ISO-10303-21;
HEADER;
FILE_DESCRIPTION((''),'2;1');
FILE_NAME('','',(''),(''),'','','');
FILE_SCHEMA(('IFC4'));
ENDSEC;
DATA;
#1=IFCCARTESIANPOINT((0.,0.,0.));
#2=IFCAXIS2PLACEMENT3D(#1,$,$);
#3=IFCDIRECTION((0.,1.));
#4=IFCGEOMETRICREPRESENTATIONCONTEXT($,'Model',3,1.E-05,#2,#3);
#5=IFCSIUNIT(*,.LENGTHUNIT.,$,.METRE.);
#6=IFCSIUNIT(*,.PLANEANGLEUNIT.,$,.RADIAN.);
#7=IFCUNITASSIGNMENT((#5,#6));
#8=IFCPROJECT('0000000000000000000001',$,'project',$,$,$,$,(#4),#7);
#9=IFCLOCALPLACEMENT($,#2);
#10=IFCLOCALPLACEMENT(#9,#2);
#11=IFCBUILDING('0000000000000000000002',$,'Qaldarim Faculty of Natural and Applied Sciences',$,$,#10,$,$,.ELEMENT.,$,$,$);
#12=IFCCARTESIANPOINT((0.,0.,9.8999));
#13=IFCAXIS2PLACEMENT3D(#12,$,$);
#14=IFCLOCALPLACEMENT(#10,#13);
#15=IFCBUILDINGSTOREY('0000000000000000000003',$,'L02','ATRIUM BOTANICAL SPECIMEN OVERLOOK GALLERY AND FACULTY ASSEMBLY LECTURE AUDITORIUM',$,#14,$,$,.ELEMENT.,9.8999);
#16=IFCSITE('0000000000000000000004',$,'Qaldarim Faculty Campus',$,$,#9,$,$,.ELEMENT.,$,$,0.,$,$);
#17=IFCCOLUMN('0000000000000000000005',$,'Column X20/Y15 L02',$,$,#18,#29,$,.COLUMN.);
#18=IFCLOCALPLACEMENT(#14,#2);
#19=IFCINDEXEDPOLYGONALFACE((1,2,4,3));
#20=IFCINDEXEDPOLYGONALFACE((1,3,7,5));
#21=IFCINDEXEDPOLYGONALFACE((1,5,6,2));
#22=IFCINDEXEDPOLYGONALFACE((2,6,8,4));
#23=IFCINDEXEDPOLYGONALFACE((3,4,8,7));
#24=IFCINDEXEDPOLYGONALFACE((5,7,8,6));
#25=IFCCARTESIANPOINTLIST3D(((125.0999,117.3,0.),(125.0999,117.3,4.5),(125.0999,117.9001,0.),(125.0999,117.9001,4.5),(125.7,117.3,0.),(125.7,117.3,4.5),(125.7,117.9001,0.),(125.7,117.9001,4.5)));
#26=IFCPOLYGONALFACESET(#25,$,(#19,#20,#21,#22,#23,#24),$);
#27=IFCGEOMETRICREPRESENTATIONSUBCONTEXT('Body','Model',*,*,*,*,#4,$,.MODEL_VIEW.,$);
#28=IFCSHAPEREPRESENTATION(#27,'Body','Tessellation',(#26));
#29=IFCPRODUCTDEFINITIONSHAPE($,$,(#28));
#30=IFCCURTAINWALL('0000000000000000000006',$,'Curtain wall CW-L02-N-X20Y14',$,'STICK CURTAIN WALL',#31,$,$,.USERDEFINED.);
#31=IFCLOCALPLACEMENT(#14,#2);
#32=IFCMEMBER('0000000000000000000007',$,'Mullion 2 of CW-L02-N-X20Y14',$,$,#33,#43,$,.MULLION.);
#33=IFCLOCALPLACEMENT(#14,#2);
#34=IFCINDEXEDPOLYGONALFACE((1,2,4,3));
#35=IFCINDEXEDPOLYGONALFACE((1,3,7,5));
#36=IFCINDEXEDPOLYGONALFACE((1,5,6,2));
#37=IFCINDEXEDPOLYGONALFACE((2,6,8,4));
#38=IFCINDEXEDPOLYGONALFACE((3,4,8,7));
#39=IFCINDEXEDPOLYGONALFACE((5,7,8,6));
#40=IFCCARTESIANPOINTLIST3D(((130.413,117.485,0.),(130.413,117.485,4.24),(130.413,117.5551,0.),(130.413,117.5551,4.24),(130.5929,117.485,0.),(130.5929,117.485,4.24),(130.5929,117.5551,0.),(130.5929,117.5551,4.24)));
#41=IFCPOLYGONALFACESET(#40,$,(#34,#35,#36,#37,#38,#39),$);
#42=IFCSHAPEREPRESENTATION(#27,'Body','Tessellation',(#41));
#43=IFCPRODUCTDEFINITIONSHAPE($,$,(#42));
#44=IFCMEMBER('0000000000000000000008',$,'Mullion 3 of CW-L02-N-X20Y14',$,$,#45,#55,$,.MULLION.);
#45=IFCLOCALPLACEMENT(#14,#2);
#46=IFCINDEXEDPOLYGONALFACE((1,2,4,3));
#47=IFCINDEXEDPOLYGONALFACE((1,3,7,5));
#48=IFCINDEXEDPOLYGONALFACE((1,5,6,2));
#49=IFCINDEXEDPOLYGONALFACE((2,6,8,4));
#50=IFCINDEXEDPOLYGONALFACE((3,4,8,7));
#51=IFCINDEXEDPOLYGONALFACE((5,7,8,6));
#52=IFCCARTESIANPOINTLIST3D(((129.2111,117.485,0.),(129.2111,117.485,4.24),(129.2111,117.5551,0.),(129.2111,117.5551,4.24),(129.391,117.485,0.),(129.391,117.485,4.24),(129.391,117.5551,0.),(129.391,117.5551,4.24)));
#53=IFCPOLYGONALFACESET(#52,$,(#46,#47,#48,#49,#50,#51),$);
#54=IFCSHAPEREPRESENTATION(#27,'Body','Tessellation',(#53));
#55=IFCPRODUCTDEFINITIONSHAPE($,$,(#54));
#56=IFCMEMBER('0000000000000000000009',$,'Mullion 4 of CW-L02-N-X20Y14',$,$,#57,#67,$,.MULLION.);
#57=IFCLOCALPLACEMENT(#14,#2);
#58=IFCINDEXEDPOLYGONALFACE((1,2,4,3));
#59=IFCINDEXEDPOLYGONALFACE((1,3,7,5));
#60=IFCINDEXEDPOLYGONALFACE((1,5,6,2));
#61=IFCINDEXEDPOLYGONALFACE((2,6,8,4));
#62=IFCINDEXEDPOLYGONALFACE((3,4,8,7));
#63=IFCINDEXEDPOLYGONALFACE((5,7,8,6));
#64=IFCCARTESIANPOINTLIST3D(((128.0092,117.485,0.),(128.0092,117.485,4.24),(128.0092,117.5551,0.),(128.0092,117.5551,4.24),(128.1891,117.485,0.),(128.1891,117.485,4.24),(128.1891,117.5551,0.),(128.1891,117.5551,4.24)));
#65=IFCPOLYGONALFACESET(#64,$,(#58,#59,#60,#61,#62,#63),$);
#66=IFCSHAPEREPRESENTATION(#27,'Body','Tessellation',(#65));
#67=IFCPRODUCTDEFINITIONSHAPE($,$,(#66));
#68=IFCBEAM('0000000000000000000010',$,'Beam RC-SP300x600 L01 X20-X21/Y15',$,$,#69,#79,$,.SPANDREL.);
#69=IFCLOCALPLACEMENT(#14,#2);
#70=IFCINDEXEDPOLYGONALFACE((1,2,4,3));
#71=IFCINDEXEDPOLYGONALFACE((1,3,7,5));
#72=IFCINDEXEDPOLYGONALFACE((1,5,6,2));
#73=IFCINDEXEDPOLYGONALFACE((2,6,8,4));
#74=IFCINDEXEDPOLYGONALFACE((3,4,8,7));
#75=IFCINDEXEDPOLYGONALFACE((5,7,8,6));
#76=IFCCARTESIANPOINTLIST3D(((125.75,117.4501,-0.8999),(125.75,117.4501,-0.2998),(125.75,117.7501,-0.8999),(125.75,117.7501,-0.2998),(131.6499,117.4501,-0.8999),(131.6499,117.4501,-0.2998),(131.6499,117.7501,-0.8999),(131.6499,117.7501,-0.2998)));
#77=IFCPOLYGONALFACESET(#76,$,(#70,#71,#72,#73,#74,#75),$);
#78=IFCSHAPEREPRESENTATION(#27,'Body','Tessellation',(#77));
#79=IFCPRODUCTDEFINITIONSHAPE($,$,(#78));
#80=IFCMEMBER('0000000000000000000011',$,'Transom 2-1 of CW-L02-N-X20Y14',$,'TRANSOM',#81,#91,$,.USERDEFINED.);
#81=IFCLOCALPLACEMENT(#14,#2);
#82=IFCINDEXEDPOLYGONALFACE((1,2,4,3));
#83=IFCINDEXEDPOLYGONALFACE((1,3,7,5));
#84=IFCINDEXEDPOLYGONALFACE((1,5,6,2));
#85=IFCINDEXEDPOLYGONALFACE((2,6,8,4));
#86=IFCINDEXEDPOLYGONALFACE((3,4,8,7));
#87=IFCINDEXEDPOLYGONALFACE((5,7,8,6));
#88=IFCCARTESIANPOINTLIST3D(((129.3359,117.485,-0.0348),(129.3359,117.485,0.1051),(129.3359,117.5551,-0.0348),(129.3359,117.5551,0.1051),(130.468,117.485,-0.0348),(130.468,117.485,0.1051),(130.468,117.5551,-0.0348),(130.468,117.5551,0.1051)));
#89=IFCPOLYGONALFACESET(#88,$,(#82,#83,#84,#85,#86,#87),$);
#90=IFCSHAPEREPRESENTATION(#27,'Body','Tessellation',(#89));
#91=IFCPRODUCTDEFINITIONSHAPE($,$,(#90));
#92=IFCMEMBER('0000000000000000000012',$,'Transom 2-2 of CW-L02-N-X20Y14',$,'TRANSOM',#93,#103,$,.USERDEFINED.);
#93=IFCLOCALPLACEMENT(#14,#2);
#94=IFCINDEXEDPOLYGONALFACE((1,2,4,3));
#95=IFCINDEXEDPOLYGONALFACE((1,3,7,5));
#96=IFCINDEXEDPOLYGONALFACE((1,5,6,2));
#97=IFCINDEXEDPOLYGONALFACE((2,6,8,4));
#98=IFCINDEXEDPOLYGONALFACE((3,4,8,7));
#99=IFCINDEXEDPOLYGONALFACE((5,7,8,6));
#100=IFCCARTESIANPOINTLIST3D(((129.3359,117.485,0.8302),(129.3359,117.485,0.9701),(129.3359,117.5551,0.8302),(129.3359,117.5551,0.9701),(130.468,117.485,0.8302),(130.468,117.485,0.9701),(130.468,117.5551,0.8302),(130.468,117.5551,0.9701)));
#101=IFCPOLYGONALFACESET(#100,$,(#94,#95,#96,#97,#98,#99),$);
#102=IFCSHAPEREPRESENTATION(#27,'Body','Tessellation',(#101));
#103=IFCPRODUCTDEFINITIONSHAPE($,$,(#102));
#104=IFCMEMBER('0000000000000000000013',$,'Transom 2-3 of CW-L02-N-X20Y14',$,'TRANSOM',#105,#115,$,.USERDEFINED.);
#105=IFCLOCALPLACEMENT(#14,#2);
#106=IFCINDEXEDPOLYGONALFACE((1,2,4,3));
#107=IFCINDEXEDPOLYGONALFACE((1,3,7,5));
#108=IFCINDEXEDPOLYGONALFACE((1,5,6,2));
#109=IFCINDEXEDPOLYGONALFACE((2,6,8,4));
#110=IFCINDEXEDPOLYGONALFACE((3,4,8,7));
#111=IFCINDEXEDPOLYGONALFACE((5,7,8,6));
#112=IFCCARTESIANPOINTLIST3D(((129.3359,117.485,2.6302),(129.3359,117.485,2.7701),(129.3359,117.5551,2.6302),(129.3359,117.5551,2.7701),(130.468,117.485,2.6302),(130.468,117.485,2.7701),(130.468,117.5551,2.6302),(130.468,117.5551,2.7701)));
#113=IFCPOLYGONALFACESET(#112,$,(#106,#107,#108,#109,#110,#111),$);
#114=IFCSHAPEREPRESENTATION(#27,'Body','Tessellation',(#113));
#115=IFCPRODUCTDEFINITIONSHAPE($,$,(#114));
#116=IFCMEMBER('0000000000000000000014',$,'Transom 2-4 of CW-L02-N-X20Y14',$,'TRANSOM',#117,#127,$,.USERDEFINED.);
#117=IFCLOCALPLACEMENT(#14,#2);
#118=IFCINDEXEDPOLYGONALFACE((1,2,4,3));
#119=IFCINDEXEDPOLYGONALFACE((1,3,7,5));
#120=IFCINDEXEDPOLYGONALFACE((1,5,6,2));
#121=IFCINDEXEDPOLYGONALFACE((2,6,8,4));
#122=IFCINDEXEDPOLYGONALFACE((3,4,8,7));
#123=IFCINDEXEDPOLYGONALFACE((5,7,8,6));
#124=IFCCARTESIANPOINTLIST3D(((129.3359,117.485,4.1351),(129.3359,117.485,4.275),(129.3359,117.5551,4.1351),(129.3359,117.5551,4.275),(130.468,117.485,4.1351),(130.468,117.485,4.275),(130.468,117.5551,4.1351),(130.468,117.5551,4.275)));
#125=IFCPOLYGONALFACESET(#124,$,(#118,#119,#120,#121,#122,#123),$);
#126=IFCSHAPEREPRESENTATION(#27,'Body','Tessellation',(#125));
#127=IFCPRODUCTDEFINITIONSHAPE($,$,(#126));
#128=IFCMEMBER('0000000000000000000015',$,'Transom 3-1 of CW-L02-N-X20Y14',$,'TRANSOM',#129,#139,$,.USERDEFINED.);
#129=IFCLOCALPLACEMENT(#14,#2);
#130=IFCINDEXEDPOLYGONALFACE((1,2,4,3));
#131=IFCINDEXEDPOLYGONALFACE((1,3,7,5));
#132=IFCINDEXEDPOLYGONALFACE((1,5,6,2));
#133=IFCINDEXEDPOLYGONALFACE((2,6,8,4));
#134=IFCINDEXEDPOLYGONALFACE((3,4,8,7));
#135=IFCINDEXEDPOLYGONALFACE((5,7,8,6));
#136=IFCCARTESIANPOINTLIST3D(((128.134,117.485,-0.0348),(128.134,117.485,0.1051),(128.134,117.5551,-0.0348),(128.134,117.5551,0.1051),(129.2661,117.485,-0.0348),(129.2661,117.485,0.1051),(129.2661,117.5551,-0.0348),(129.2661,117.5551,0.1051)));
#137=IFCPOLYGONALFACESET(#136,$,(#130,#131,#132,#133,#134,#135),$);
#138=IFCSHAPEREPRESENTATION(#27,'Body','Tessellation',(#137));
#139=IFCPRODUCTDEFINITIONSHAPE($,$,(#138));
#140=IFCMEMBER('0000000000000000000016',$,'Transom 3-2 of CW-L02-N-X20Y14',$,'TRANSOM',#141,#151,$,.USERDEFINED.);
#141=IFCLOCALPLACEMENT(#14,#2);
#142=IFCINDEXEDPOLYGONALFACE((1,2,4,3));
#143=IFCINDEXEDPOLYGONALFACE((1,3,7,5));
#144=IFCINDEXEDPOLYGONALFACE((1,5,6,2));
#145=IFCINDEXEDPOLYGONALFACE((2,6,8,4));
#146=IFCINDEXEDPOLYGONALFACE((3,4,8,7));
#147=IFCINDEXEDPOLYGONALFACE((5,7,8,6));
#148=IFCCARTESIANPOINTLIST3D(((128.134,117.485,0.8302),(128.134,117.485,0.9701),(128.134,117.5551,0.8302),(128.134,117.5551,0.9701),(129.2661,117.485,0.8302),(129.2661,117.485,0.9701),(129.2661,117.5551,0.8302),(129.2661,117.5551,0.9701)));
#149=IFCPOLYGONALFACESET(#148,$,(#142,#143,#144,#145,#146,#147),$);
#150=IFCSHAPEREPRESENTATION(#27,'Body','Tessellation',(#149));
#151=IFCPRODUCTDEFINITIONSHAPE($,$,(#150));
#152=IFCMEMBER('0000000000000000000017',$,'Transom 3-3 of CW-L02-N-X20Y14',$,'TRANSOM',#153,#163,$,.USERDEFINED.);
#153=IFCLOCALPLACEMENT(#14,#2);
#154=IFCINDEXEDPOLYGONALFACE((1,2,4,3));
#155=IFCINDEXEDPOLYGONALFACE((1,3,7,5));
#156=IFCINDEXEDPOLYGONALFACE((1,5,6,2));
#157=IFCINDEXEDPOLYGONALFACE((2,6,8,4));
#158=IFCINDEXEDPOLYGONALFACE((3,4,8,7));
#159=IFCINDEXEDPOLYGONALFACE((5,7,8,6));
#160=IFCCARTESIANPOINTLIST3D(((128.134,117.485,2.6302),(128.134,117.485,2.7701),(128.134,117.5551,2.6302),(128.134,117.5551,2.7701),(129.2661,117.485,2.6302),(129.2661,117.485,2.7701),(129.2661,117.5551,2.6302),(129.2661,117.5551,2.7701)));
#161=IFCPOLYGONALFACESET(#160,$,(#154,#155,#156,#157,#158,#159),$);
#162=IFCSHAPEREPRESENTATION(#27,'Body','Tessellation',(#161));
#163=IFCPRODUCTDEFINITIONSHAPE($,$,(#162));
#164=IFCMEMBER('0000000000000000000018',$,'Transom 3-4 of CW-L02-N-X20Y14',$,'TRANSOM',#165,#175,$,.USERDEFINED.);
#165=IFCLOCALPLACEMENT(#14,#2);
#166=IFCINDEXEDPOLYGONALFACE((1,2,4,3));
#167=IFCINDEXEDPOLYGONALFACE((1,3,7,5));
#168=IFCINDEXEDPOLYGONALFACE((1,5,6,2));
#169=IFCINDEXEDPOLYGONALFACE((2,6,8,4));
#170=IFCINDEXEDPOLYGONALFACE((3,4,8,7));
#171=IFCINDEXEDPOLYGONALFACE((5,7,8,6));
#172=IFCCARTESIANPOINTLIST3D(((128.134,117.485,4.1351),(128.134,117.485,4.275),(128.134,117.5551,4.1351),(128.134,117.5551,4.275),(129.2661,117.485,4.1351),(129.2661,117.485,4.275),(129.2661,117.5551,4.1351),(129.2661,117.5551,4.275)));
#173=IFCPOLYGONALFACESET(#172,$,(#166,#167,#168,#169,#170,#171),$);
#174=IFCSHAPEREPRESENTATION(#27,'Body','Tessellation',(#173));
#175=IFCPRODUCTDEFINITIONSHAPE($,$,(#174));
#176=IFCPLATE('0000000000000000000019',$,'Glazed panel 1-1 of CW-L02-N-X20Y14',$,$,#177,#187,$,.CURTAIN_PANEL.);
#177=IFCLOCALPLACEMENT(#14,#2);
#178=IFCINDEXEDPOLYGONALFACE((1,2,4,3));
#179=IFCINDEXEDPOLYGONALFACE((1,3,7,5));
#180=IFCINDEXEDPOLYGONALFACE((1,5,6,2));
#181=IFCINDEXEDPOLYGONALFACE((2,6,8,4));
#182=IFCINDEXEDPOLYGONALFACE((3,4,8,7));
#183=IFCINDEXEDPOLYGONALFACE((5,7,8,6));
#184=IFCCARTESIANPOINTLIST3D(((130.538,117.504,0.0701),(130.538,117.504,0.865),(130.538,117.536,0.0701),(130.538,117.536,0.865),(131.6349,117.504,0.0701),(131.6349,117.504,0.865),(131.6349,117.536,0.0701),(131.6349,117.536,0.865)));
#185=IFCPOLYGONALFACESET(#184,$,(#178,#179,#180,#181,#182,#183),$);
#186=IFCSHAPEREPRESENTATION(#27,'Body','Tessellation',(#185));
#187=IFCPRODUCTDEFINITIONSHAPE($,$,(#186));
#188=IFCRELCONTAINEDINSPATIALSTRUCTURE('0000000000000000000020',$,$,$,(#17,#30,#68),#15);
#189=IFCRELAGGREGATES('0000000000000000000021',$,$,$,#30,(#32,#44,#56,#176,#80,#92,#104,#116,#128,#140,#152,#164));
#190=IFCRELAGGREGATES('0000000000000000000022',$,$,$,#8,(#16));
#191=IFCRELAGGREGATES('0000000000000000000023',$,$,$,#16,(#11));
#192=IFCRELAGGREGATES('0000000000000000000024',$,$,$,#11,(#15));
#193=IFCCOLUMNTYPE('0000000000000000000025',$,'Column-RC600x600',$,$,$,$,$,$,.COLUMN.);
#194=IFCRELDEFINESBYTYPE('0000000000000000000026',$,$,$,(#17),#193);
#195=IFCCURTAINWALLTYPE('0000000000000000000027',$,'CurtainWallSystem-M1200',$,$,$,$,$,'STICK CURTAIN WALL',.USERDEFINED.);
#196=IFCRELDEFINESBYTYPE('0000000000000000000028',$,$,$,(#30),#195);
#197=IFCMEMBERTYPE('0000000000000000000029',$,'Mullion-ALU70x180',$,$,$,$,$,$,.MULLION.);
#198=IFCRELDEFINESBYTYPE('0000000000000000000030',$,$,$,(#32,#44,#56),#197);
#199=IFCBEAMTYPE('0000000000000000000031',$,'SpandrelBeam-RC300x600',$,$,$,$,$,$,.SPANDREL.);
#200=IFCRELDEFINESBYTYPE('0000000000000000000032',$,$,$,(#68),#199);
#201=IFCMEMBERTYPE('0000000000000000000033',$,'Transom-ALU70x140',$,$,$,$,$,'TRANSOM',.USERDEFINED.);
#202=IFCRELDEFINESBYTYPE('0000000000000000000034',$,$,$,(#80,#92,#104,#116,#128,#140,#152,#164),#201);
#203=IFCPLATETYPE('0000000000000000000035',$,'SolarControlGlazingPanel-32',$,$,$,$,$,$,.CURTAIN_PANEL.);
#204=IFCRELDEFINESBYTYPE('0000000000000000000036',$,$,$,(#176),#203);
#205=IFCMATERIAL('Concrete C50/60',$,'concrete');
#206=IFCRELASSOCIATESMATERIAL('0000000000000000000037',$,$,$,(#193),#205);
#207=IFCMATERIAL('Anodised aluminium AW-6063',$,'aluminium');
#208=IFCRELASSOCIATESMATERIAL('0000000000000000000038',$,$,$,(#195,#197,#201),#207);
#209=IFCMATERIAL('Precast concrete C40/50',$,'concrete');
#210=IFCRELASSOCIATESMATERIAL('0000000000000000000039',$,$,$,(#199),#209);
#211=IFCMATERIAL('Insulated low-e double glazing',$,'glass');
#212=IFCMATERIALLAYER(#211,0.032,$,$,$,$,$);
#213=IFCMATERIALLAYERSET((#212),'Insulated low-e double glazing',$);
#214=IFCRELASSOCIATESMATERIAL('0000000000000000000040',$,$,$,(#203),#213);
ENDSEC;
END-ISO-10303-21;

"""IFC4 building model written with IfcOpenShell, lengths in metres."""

from ifc_helpers import new_model, si_unit, direction, frame, origin, origin_2d, place, context, subcontext, project, spatial, rectangle, extrude, material, layer, layer_set, material_profile, profile_set, type_object, element, aggregate, save


model = new_model("IFC4")

# Units and contexts
model_context = context("Model", 3, precision=1e-05, world=origin(), true_north=direction((0.0, 1.0)))
body_context = subcontext(model_context, "Body", "Model", "MODEL_VIEW")
ifc_project = project(units=[si_unit("LENGTHUNIT", "METRE"), si_unit("PLANEANGLEUNIT", "RADIAN")], contexts=[model_context])

# Site, building, storey
site_placement = place(None, origin())
site = spatial("IfcSite", under=ifc_project, at=site_placement, Name="Qaldarim Faculty Campus", CompositionType="ELEMENT", RefElevation=0.0)
building_placement = place(site_placement, origin())
building = spatial("IfcBuilding", under=site, at=building_placement, Name="Qaldarim Faculty of Natural and Applied Sciences", CompositionType="ELEMENT")
storey_placement = place(building_placement, frame((0.0, 0.0, 9.8999)))
storey = spatial("IfcBuildingStorey", under=building, at=storey_placement, Name="L02", Description="ATRIUM BOTANICAL SPECIMEN OVERLOOK GALLERY AND FACULTY ASSEMBLY LECTURE AUDITORIUM", CompositionType="ELEMENT", Elevation=9.8999)

# Column
ifc_material_1 = material(Name="Concrete C50/60", Category="concrete")
ifc_material_profile_1 = material_profile(ifc_material_1, rectangle(XDim=0.6001, YDim=0.6001, at=origin_2d()), Name="RC-C600x600")
ifc_profile_set_1 = profile_set([ifc_material_profile_1], Name="Concrete C50/60")
column_type = type_object("IfcColumnType", Name="Column-RC600x600", PredefinedType="COLUMN", material=ifc_profile_set_1)
column_placement = place(storey_placement, frame((125.3999, 117.6001, 0.0), z_axis=(0.0, 0.0, 1.0), x_axis=(1.0, 0.0, 0.0)))
element("IfcColumn", 1, at=column_placement, inside=storey, type_object=column_type, Name="Column X20/Y15 L02", PredefinedType="COLUMN", context=body_context, shape_type="SweptSolid", body=[
    extrude(rectangle(XDim=0.6001, YDim=0.6001, at=origin_2d()), origin(), (0.0, 0.0, 1.0), 4.5),
])

# Curtain wall, members
ifc_material_2 = material(Name="Anodised aluminium AW-6063", Category="aluminium")
curtain_wall_type = type_object("IfcCurtainWallType", Name="CurtainWallSystem-M1200", ElementType="STICK CURTAIN WALL", PredefinedType="USERDEFINED", material=ifc_material_2)
curtain_wall_placement = place(storey_placement, origin())
curtain_wall = element("IfcCurtainWall", 2, at=curtain_wall_placement, inside=storey, type_object=curtain_wall_type, Name="Curtain wall CW-L02-N-X20Y14", ObjectType="STICK CURTAIN WALL", PredefinedType="USERDEFINED")
ifc_material_profile_2 = material_profile(ifc_material_2, rectangle(XDim=0.0701, YDim=0.1799, at=origin_2d()), Name="ALU-M70x180")
ifc_profile_set_2 = profile_set([ifc_material_profile_2], Name="Anodised aluminium AW-6063")
member_type_1 = type_object("IfcMemberType", Name="Mullion-ALU70x180", PredefinedType="MULLION", material=ifc_profile_set_2)
member_1_placement = place(storey_placement, frame((130.5029, 117.52, 0.0), z_axis=(0.0, 0.0, 1.0), x_axis=(0.0, -1.0, 0.0)))
member_1 = element("IfcMember", 3, at=member_1_placement, type_object=member_type_1, Name="Mullion 2 of CW-L02-N-X20Y14", PredefinedType="MULLION", context=body_context, shape_type="SweptSolid", body=[
    extrude(rectangle(XDim=0.0701, YDim=0.1799, at=origin_2d()), origin(), (0.0, 0.0, 1.0), 4.24),
])
member_2_placement = place(storey_placement, frame((129.301, 117.52, 0.0), z_axis=(0.0, 0.0, 1.0), x_axis=(0.0, -1.0, 0.0)))
member_2 = element("IfcMember", 4, at=member_2_placement, type_object=member_type_1, Name="Mullion 3 of CW-L02-N-X20Y14", PredefinedType="MULLION", context=body_context, shape_type="SweptSolid", body=[
    extrude(rectangle(XDim=0.0701, YDim=0.1799, at=origin_2d()), origin(), (0.0, 0.0, 1.0), 4.24),
])
member_3_placement = place(storey_placement, frame((128.0991, 117.52, 0.0), z_axis=(0.0, 0.0, 1.0), x_axis=(0.0, -1.0, 0.0)))
member_3 = element("IfcMember", 5, at=member_3_placement, type_object=member_type_1, Name="Mullion 4 of CW-L02-N-X20Y14", PredefinedType="MULLION", context=body_context, shape_type="SweptSolid", body=[
    extrude(rectangle(XDim=0.0701, YDim=0.1799, at=origin_2d()), origin(), (0.0, 0.0, 1.0), 4.24),
])

# Beam
ifc_material_3 = material(Name="Precast concrete C40/50", Category="concrete")
ifc_material_profile_3 = material_profile(ifc_material_3, rectangle(XDim=0.3, YDim=0.6001, at=origin_2d()), Name="RC-SP300x600")
ifc_profile_set_3 = profile_set([ifc_material_profile_3], Name="Precast concrete C40/50")
beam_type = type_object("IfcBeamType", Name="SpandrelBeam-RC300x600", PredefinedType="SPANDREL", material=ifc_profile_set_3)
beam_placement = place(storey_placement, frame((125.75, 117.6001, -0.5999), z_axis=(1.0, 0.0, 0.0), x_axis=(0.0, 1.0, 0.0)))
element("IfcBeam", 6, at=beam_placement, inside=storey, type_object=beam_type, Name="Beam RC-SP300x600 L01 X20-X21/Y15", PredefinedType="SPANDREL", context=body_context, shape_type="SweptSolid", body=[
    extrude(rectangle(XDim=0.3, YDim=0.6001, at=origin_2d()), origin(), (0.0, 0.0, 1.0), 5.8999),
])

# Members
ifc_material_profile_4 = material_profile(ifc_material_2, rectangle(XDim=0.0701, YDim=0.1399, at=origin_2d()), Name="ALU-T70x140")
ifc_profile_set_4 = profile_set([ifc_material_profile_4], Name="Anodised aluminium AW-6063")
member_type_2 = type_object("IfcMemberType", Name="Transom-ALU70x140", ElementType="TRANSOM", PredefinedType="USERDEFINED", material=ifc_profile_set_4)
member_4_placement = place(storey_placement, frame((130.468, 117.52, 0.0352), z_axis=(-1.0, 0.0, 0.0), x_axis=(0.0, -1.0, 0.0)))
member_4 = element("IfcMember", 7, at=member_4_placement, type_object=member_type_2, Name="Transom 2-1 of CW-L02-N-X20Y14", ObjectType="TRANSOM", PredefinedType="USERDEFINED", context=body_context, shape_type="SweptSolid", body=[
    extrude(rectangle(XDim=0.0701, YDim=0.1399, at=origin_2d()), origin(), (0.0, 0.0, 1.0), 1.1321),
])
member_5_placement = place(storey_placement, frame((130.468, 117.52, 0.9001), z_axis=(-1.0, 0.0, 0.0), x_axis=(0.0, -1.0, 0.0)))
member_5 = element("IfcMember", 8, at=member_5_placement, type_object=member_type_2, Name="Transom 2-2 of CW-L02-N-X20Y14", ObjectType="TRANSOM", PredefinedType="USERDEFINED", context=body_context, shape_type="SweptSolid", body=[
    extrude(rectangle(XDim=0.0701, YDim=0.1399, at=origin_2d()), origin(), (0.0, 0.0, 1.0), 1.1321),
])
member_6_placement = place(storey_placement, frame((130.468, 117.52, 2.7002), z_axis=(-1.0, 0.0, 0.0), x_axis=(0.0, -1.0, 0.0)))
member_6 = element("IfcMember", 9, at=member_6_placement, type_object=member_type_2, Name="Transom 2-3 of CW-L02-N-X20Y14", ObjectType="TRANSOM", PredefinedType="USERDEFINED", context=body_context, shape_type="SweptSolid", body=[
    extrude(rectangle(XDim=0.0701, YDim=0.1399, at=origin_2d()), origin(), (0.0, 0.0, 1.0), 1.1321),
])
member_7_placement = place(storey_placement, frame((130.468, 117.52, 4.2051), z_axis=(-1.0, 0.0, 0.0), x_axis=(0.0, -1.0, 0.0)))
member_7 = element("IfcMember", 10, at=member_7_placement, type_object=member_type_2, Name="Transom 2-4 of CW-L02-N-X20Y14", ObjectType="TRANSOM", PredefinedType="USERDEFINED", context=body_context, shape_type="SweptSolid", body=[
    extrude(rectangle(XDim=0.0701, YDim=0.1399, at=origin_2d()), origin(), (0.0, 0.0, 1.0), 1.1321),
])
member_8_placement = place(storey_placement, frame((129.2661, 117.52, 0.0352), z_axis=(-1.0, 0.0, 0.0), x_axis=(0.0, -1.0, 0.0)))
member_8 = element("IfcMember", 11, at=member_8_placement, type_object=member_type_2, Name="Transom 3-1 of CW-L02-N-X20Y14", ObjectType="TRANSOM", PredefinedType="USERDEFINED", context=body_context, shape_type="SweptSolid", body=[
    extrude(rectangle(XDim=0.0701, YDim=0.1399, at=origin_2d()), origin(), (0.0, 0.0, 1.0), 1.1321),
])
member_9_placement = place(storey_placement, frame((129.2661, 117.52, 0.9001), z_axis=(-1.0, 0.0, 0.0), x_axis=(0.0, -1.0, 0.0)))
member_9 = element("IfcMember", 12, at=member_9_placement, type_object=member_type_2, Name="Transom 3-2 of CW-L02-N-X20Y14", ObjectType="TRANSOM", PredefinedType="USERDEFINED", context=body_context, shape_type="SweptSolid", body=[
    extrude(rectangle(XDim=0.0701, YDim=0.1399, at=origin_2d()), origin(), (0.0, 0.0, 1.0), 1.1321),
])
member_10_placement = place(storey_placement, frame((129.2661, 117.52, 2.7002), z_axis=(-1.0, 0.0, 0.0), x_axis=(0.0, -1.0, 0.0)))
member_10 = element("IfcMember", 13, at=member_10_placement, type_object=member_type_2, Name="Transom 3-3 of CW-L02-N-X20Y14", ObjectType="TRANSOM", PredefinedType="USERDEFINED", context=body_context, shape_type="SweptSolid", body=[
    extrude(rectangle(XDim=0.0701, YDim=0.1399, at=origin_2d()), origin(), (0.0, 0.0, 1.0), 1.1321),
])
member_11_placement = place(storey_placement, frame((129.2661, 117.52, 4.2051), z_axis=(-1.0, 0.0, 0.0), x_axis=(0.0, -1.0, 0.0)))
member_11 = element("IfcMember", 14, at=member_11_placement, type_object=member_type_2, Name="Transom 3-4 of CW-L02-N-X20Y14", ObjectType="TRANSOM", PredefinedType="USERDEFINED", context=body_context, shape_type="SweptSolid", body=[
    extrude(rectangle(XDim=0.0701, YDim=0.1399, at=origin_2d()), origin(), (0.0, 0.0, 1.0), 1.1321),
])

# Plate
ifc_material_4 = material(Name="Insulated low-e double glazing", Category="glass")
ifc_layer_1 = layer(ifc_material_4, 0.032)
ifc_layer_set_1 = layer_set([ifc_layer_1], Name="Insulated low-e double glazing")
plate_type = type_object("IfcPlateType", Name="SolarControlGlazingPanel-32", PredefinedType="CURTAIN_PANEL", material=ifc_layer_set_1)
plate_1_placement = place(storey_placement, frame((131.0864, 117.52, 0.0701), z_axis=(0.0, 0.0, 1.0), x_axis=(-1.0, 0.0, 0.0)))
plate_1 = element("IfcPlate", 15, at=plate_1_placement, type_object=plate_type, Name="Glazed panel 1-1 of CW-L02-N-X20Y14", PredefinedType="CURTAIN_PANEL", context=body_context, shape_type="SweptSolid", body=[
    extrude(rectangle(XDim=1.0969, YDim=0.032, at=origin_2d()), origin(), (0.0, 0.0, 1.0), 0.7949),
])
aggregate(curtain_wall, [member_1, member_2, member_3, plate_1, member_4, member_5, member_6, member_7, member_8, member_9, member_10, member_11])

save(model, "model.ifc")
